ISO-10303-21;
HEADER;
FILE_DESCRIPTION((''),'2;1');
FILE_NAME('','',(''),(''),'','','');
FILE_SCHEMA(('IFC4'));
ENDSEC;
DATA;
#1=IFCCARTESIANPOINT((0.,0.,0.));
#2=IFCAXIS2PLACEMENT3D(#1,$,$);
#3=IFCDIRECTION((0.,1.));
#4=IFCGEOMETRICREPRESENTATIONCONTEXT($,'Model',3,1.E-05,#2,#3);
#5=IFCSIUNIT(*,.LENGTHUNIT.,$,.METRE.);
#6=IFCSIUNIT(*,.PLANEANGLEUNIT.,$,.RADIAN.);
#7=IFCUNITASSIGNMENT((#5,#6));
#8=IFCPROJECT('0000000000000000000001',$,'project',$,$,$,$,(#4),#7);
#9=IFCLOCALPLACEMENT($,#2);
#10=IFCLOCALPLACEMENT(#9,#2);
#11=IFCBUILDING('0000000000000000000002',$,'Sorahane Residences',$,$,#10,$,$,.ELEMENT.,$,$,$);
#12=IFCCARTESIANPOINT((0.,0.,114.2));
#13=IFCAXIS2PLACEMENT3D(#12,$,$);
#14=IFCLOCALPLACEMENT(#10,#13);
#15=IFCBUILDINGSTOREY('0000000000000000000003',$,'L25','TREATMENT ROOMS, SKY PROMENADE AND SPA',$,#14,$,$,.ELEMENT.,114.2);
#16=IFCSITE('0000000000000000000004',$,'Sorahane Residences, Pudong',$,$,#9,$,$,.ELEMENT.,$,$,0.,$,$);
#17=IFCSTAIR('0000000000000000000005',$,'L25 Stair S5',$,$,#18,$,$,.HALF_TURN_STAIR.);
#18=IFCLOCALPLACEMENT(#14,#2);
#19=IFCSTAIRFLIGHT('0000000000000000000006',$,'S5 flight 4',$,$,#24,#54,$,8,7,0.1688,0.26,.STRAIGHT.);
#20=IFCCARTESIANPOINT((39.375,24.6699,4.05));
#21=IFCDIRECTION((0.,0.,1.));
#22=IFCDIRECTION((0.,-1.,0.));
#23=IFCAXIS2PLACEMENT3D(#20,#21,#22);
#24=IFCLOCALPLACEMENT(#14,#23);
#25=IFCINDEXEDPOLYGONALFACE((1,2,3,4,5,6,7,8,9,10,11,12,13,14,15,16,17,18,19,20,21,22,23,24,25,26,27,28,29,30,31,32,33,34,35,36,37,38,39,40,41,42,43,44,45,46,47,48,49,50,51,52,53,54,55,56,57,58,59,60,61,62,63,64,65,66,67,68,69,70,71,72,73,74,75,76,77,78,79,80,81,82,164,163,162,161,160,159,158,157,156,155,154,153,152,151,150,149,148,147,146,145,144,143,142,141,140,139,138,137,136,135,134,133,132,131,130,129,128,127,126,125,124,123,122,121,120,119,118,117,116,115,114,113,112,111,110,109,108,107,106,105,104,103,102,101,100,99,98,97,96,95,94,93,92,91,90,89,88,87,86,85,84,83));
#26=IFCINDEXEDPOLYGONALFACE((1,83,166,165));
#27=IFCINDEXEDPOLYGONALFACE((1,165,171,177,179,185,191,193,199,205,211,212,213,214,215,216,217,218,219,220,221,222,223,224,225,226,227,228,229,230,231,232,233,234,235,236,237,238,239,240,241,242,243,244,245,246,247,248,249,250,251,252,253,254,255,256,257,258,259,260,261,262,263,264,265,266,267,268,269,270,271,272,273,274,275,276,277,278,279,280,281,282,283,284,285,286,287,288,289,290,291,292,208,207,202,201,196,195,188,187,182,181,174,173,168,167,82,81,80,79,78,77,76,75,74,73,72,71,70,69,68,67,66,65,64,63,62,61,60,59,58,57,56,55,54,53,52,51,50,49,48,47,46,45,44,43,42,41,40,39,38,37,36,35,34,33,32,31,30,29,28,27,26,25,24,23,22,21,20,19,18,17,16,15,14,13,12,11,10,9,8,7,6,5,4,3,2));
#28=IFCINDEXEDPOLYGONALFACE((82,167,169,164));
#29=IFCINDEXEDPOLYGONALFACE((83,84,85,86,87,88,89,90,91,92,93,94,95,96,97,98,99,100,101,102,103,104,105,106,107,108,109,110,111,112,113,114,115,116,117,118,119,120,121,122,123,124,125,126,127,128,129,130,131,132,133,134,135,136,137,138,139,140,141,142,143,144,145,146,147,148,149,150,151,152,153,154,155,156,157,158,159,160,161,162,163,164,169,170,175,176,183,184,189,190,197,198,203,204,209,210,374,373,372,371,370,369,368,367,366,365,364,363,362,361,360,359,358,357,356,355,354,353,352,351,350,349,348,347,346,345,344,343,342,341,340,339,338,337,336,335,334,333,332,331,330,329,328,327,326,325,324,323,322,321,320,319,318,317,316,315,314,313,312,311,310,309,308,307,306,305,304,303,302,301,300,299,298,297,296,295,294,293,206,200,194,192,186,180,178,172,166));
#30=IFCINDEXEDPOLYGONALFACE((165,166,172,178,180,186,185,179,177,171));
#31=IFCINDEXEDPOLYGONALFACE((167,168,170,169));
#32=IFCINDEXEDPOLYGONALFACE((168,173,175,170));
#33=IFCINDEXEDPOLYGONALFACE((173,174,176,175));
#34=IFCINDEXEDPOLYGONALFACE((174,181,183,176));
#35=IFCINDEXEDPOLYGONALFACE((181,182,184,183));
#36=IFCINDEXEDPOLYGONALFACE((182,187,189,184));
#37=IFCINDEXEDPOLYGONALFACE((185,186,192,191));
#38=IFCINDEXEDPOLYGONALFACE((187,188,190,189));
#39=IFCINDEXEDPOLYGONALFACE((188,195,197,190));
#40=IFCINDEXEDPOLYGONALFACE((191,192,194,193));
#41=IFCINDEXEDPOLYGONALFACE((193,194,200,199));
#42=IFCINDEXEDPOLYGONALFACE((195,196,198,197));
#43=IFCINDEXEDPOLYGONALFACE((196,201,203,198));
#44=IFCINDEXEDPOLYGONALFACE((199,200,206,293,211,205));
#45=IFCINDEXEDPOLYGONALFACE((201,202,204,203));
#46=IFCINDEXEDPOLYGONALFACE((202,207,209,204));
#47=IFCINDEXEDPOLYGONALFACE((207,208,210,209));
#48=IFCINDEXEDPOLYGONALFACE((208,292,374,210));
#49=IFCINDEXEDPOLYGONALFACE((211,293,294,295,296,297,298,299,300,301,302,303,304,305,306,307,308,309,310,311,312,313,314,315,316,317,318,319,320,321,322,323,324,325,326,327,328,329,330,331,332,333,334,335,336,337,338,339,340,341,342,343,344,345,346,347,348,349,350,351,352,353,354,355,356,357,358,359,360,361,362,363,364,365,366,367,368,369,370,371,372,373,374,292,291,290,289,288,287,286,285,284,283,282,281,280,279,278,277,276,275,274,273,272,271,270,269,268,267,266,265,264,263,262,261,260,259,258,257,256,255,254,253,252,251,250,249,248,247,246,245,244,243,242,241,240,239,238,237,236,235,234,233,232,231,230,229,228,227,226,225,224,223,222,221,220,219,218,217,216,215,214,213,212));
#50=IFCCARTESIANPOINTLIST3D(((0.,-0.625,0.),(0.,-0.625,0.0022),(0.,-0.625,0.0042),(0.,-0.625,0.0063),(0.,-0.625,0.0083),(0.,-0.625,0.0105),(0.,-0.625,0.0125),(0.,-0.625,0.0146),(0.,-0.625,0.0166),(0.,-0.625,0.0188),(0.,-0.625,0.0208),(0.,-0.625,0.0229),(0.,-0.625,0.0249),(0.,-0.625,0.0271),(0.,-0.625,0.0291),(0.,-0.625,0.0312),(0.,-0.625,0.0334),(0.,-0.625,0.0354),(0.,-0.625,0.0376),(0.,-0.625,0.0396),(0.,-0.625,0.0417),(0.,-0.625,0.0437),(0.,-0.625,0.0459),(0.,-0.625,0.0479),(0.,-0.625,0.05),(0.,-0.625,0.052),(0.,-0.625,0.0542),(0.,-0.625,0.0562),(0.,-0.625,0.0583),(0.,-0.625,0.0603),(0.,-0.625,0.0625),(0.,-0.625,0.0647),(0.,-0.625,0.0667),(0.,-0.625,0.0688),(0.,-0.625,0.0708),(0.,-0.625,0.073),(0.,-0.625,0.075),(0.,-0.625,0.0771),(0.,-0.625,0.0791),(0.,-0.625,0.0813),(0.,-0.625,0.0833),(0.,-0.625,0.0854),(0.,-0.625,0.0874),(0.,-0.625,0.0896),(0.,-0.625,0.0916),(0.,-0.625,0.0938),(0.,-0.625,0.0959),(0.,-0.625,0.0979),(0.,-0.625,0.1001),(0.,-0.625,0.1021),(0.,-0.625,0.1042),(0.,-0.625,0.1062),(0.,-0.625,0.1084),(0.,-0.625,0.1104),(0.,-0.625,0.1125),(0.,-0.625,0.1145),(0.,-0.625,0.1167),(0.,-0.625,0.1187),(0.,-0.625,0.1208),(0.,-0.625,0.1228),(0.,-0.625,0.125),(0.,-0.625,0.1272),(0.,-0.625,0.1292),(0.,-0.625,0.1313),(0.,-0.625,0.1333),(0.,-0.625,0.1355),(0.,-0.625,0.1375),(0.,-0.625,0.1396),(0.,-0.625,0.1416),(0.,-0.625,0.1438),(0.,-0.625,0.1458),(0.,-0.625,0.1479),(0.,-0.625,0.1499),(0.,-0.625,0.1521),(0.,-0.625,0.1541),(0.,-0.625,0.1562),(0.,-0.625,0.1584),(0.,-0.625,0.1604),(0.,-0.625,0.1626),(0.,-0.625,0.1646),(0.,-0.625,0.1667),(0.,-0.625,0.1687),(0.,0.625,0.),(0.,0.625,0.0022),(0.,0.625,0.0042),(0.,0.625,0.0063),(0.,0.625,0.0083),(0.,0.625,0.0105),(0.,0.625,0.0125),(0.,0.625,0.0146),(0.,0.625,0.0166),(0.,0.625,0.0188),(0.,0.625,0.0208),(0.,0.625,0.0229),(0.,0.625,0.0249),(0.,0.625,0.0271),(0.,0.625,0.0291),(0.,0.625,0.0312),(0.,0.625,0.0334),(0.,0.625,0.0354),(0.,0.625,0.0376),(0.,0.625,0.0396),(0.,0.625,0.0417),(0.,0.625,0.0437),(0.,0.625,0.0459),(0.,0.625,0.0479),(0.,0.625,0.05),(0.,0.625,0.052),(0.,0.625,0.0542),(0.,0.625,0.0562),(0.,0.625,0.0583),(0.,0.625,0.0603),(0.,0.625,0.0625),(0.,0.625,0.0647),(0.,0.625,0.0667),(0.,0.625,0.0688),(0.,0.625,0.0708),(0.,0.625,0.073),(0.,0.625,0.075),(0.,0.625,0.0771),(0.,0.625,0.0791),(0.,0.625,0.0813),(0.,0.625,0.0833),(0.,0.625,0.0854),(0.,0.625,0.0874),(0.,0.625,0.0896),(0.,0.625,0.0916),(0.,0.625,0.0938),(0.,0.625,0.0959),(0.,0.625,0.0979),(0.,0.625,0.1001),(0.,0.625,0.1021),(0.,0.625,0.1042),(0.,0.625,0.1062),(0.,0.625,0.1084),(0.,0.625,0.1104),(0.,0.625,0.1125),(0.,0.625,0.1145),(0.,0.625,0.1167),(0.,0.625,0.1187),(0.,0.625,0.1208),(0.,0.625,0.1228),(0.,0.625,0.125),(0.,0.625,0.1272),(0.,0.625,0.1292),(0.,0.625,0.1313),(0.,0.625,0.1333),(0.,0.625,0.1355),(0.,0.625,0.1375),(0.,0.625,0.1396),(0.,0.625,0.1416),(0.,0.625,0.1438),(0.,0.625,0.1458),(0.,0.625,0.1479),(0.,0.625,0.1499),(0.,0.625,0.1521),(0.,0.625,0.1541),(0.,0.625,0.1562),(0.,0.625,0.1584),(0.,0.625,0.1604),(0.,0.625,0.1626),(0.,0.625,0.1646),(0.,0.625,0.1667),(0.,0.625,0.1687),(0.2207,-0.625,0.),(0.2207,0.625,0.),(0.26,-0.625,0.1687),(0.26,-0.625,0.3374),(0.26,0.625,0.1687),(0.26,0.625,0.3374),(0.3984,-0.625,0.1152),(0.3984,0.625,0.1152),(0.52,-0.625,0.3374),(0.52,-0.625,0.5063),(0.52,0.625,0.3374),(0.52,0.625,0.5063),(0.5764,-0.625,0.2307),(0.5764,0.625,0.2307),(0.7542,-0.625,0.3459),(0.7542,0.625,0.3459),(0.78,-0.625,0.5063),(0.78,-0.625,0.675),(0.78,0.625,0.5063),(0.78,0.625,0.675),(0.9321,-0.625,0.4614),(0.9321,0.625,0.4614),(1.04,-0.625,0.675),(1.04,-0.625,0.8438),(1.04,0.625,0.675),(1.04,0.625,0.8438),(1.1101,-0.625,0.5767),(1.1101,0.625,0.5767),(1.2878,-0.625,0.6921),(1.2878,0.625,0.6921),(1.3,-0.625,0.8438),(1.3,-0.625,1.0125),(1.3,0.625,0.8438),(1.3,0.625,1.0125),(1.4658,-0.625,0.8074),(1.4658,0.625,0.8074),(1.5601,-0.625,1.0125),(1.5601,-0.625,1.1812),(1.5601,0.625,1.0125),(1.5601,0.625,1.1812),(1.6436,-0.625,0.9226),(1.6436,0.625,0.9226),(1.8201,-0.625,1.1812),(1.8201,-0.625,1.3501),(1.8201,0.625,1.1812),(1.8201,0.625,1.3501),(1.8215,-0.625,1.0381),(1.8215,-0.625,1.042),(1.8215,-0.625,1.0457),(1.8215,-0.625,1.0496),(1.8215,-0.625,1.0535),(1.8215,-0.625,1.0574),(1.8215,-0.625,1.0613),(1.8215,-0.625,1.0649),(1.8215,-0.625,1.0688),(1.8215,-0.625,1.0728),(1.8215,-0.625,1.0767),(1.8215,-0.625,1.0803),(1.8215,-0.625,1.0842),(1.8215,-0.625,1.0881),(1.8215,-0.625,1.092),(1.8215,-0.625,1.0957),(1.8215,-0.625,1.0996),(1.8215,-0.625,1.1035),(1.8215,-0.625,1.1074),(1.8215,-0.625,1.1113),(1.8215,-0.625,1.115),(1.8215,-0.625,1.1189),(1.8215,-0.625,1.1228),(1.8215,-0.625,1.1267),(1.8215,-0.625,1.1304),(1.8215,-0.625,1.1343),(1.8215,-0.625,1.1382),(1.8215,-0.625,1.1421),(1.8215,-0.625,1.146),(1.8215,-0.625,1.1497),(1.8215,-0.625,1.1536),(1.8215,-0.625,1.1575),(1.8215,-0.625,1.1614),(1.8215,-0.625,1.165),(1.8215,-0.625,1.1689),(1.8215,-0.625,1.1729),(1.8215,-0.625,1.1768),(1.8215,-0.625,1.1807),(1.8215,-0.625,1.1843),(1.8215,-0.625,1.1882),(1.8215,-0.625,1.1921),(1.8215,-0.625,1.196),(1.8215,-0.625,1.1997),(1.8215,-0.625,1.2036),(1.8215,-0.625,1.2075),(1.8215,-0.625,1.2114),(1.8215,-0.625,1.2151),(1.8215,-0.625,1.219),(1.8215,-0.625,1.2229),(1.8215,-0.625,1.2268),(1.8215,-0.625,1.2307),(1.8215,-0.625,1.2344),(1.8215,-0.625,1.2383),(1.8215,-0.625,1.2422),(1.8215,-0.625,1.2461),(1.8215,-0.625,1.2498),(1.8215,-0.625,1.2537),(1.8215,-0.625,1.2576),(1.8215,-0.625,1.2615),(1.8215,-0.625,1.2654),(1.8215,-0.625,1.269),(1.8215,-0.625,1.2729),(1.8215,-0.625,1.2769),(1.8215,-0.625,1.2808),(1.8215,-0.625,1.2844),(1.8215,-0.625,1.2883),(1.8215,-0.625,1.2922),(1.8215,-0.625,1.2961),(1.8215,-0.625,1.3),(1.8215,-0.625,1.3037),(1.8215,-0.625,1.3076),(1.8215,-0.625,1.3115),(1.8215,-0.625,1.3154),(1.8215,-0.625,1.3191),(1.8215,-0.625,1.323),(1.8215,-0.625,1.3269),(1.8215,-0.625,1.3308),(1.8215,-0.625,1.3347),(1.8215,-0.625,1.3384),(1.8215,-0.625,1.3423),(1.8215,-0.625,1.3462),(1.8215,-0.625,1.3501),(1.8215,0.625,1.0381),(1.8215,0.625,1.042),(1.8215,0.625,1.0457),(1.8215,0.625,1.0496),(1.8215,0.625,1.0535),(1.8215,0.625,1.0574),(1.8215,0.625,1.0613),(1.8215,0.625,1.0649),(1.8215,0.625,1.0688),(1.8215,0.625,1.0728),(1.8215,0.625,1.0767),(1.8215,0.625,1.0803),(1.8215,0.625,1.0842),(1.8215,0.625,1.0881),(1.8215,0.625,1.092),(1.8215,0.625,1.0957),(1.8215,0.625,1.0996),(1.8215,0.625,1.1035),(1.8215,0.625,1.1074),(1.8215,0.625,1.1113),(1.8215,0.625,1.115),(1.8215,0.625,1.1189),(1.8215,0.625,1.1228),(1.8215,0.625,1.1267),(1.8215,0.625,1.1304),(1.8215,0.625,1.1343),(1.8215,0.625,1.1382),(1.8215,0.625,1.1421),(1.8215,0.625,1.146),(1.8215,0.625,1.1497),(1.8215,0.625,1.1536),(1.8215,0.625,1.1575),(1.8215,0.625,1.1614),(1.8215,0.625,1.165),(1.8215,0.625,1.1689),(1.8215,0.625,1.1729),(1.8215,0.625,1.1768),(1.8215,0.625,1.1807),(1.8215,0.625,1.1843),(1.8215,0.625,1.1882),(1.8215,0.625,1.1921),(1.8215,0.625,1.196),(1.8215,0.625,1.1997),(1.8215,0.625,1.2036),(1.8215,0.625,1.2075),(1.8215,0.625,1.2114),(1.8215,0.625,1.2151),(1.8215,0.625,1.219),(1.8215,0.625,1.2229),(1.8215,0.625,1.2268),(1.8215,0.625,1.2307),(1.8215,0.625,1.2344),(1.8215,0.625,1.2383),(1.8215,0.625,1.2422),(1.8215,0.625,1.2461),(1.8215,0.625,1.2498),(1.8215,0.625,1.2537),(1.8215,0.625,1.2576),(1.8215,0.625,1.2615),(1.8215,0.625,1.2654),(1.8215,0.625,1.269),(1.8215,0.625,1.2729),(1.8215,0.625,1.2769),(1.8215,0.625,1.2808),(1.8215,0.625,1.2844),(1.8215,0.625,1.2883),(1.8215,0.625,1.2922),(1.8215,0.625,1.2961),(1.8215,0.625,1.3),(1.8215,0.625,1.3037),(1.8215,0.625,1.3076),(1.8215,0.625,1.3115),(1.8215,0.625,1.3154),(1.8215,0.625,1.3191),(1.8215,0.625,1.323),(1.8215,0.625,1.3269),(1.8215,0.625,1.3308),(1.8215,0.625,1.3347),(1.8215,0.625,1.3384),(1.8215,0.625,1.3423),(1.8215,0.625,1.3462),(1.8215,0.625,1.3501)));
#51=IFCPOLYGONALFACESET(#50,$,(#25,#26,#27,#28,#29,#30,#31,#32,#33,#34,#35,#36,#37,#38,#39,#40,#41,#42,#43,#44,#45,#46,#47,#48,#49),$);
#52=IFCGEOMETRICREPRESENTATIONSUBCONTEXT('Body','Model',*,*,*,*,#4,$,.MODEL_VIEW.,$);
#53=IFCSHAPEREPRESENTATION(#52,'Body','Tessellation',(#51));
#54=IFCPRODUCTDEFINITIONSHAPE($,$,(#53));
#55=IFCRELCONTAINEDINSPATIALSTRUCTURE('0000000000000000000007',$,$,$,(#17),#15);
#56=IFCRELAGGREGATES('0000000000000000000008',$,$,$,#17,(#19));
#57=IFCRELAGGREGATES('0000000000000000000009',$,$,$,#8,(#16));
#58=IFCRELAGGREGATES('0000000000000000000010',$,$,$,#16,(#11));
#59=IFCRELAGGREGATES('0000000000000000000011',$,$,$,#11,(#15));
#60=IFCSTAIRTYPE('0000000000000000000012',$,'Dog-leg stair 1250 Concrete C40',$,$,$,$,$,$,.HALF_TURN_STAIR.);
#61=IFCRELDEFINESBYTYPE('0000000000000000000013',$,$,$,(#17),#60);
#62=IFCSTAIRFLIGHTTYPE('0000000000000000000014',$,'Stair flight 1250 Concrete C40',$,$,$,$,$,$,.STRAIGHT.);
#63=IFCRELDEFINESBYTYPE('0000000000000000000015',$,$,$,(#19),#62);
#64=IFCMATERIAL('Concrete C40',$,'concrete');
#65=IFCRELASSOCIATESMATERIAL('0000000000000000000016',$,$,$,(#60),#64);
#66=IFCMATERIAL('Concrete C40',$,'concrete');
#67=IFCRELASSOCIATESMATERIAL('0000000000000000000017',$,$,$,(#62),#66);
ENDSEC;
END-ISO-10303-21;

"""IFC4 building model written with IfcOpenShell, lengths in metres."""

from ifc_helpers import new_model, si_unit, direction, frame, origin, place, context, subcontext, project, spatial, polyline, outline, extrude, material, type_object, element, aggregate, save


model = new_model("IFC4")

# Units and contexts
model_context = context("Model", 3, precision=1e-05, world=origin(), true_north=direction((0.0, 1.0)))
body_context = subcontext(model_context, "Body", "Model", "MODEL_VIEW")
ifc_project = project(units=[si_unit("LENGTHUNIT", "METRE"), si_unit("PLANEANGLEUNIT", "RADIAN")], contexts=[model_context])

# Site, building, storey
site_placement = place(None, origin())
site = spatial("IfcSite", under=ifc_project, at=site_placement, Name="Sorahane Residences, Pudong", CompositionType="ELEMENT", RefElevation=0.0)
building_placement = place(site_placement, origin())
building = spatial("IfcBuilding", under=site, at=building_placement, Name="Sorahane Residences", CompositionType="ELEMENT")
storey_placement = place(building_placement, frame((0.0, 0.0, 114.2)))
storey = spatial("IfcBuildingStorey", under=building, at=storey_placement, Name="L25", Description="TREATMENT ROOMS, SKY PROMENADE AND SPA", CompositionType="ELEMENT", Elevation=114.2)

# Stair, stair flight
ifc_material_1 = material(Name="Concrete C40", Category="concrete")
stair_type = type_object("IfcStairType", Name="Dog-leg stair 1250 Concrete C40", PredefinedType="HALF_TURN_STAIR", material=ifc_material_1)
stair_placement = place(storey_placement, origin())
stair = element("IfcStair", 1, at=stair_placement, inside=storey, type_object=stair_type, Name="L25 Stair S5", PredefinedType="HALF_TURN_STAIR")
ifc_material_2 = material(Name="Concrete C40", Category="concrete")
stair_flight_type = type_object("IfcStairFlightType", Name="Stair flight 1250 Concrete C40", PredefinedType="STRAIGHT", material=ifc_material_2)
stair_flight_1_placement = place(storey_placement, frame((39.375, 24.6699, 4.05), z_axis=(0.0, 0.0, 1.0), x_axis=(0.0, -1.0, 0.0)))
stair_flight_1 = element("IfcStairFlight", 2, at=stair_flight_1_placement, type_object=stair_flight_type, Name="S5 flight 4", NumberOfRisers=8, NumberOfTreads=7, PredefinedType="STRAIGHT", RiserHeight=0.1688, TreadLength=0.26, context=body_context, shape_type="SweptSolid", body=[
    extrude(outline(polyline([(0.0, 0.0), (0.0, 0.0022), (0.0, 0.0042), (0.0, 0.0063), (0.0, 0.0083), (0.0, 0.0105), (0.0, 0.0125), (0.0, 0.0146), (0.0, 0.0166), (0.0, 0.0188), (0.0, 0.0208), (0.0, 0.0229), (0.0, 0.0249), (0.0, 0.0271), (0.0, 0.0291), (0.0, 0.0312), (0.0, 0.0334), (0.0, 0.0354), (0.0, 0.0376), (0.0, 0.0396), (0.0, 0.0417), (0.0, 0.0437), (0.0, 0.0459), (0.0, 0.0479), (0.0, 0.05), (0.0, 0.052), (0.0, 0.0542), (0.0, 0.0562), (0.0, 0.0583), (0.0, 0.0603), (0.0, 0.0625), (0.0, 0.0647), (0.0, 0.0667), (0.0, 0.0688), (0.0, 0.0708), (0.0, 0.073), (0.0, 0.075), (0.0, 0.0771), (0.0, 0.0791), (0.0, 0.0813), (0.0, 0.0833), (0.0, 0.0854), (0.0, 0.0874), (0.0, 0.0896), (0.0, 0.0916), (0.0, 0.0938), (0.0, 0.0959), (0.0, 0.0979), (0.0, 0.1001), (0.0, 0.1021), (0.0, 0.1042), (0.0, 0.1062), (0.0, 0.1084), (0.0, 0.1104), (0.0, 0.1125), (0.0, 0.1145), (0.0, 0.1167), (0.0, 0.1187), (0.0, 0.1208), (0.0, 0.1228), (0.0, 0.125), (0.0, 0.1272), (0.0, 0.1292), (0.0, 0.1313), (0.0, 0.1333), (0.0, 0.1355), (0.0, 0.1375), (0.0, 0.1396), (0.0, 0.1416), (0.0, 0.1438), (0.0, 0.1458), (0.0, 0.1479), (0.0, 0.1499), (0.0, 0.1521), (0.0, 0.1541), (0.0, 0.1562), (0.0, 0.1584), (0.0, 0.1604), (0.0, 0.1626), (0.0, 0.1646), (0.0, 0.1667), (0.0, 0.1687), (0.26, 0.1687), (0.26, 0.3374), (0.52, 0.3374), (0.52, 0.5063), (0.78, 0.5063), (0.78, 0.675), (1.04, 0.675), (1.04, 0.8438), (1.3, 0.8438), (1.3, 1.0125), (1.5601, 1.0125), (1.5601, 1.1812), (1.8201, 1.1812), (1.8201, 1.3501), (1.8215, 1.3501), (1.8215, 1.3462), (1.8215, 1.3423), (1.8215, 1.3384), (1.8215, 1.3347), (1.8215, 1.3308), (1.8215, 1.3269), (1.8215, 1.323), (1.8215, 1.3191), (1.8215, 1.3154), (1.8215, 1.3115), (1.8215, 1.3076), (1.8215, 1.3037), (1.8215, 1.3), (1.8215, 1.2961), (1.8215, 1.2922), (1.8215, 1.2883), (1.8215, 1.2844), (1.8215, 1.2808), (1.8215, 1.2769), (1.8215, 1.2729), (1.8215, 1.269), (1.8215, 1.2654), (1.8215, 1.2615), (1.8215, 1.2576), (1.8215, 1.2537), (1.8215, 1.2498), (1.8215, 1.2461), (1.8215, 1.2422), (1.8215, 1.2383), (1.8215, 1.2344), (1.8215, 1.2307), (1.8215, 1.2268), (1.8215, 1.2229), (1.8215, 1.219), (1.8215, 1.2151), (1.8215, 1.2114), (1.8215, 1.2075), (1.8215, 1.2036), (1.8215, 1.1997), (1.8215, 1.196), (1.8215, 1.1921), (1.8215, 1.1882), (1.8215, 1.1843), (1.8215, 1.1807), (1.8215, 1.1768), (1.8215, 1.1729), (1.8215, 1.1689), (1.8215, 1.165), (1.8215, 1.1614), (1.8215, 1.1575), (1.8215, 1.1536), (1.8215, 1.1497), (1.8215, 1.146), (1.8215, 1.1421), (1.8215, 1.1382), (1.8215, 1.1343), (1.8215, 1.1304), (1.8215, 1.1267), (1.8215, 1.1228), (1.8215, 1.1189), (1.8215, 1.115), (1.8215, 1.1113), (1.8215, 1.1074), (1.8215, 1.1035), (1.8215, 1.0996), (1.8215, 1.0957), (1.8215, 1.092), (1.8215, 1.0881), (1.8215, 1.0842), (1.8215, 1.0803), (1.8215, 1.0767), (1.8215, 1.0728), (1.8215, 1.0688), (1.8215, 1.0649), (1.8215, 1.0613), (1.8215, 1.0574), (1.8215, 1.0535), (1.8215, 1.0496), (1.8215, 1.0457), (1.8215, 1.042), (1.8215, 1.0381), (1.6436, 0.9226), (1.4658, 0.8074), (1.2878, 0.6921), (1.1101, 0.5767), (0.9321, 0.4614), (0.7542, 0.3459), (0.5764, 0.2307), (0.3984, 0.1152), (0.2207, 0.0), (0.0, 0.0)])), frame((0.0, 0.625, 0.0), z_axis=(0.0, -1.0, 0.0), x_axis=(1.0, 0.0, 0.0)), (0.0, 0.0, 1.0), 1.25),
])
aggregate(stair, [stair_flight_1])

save(model, "model.ifc")
